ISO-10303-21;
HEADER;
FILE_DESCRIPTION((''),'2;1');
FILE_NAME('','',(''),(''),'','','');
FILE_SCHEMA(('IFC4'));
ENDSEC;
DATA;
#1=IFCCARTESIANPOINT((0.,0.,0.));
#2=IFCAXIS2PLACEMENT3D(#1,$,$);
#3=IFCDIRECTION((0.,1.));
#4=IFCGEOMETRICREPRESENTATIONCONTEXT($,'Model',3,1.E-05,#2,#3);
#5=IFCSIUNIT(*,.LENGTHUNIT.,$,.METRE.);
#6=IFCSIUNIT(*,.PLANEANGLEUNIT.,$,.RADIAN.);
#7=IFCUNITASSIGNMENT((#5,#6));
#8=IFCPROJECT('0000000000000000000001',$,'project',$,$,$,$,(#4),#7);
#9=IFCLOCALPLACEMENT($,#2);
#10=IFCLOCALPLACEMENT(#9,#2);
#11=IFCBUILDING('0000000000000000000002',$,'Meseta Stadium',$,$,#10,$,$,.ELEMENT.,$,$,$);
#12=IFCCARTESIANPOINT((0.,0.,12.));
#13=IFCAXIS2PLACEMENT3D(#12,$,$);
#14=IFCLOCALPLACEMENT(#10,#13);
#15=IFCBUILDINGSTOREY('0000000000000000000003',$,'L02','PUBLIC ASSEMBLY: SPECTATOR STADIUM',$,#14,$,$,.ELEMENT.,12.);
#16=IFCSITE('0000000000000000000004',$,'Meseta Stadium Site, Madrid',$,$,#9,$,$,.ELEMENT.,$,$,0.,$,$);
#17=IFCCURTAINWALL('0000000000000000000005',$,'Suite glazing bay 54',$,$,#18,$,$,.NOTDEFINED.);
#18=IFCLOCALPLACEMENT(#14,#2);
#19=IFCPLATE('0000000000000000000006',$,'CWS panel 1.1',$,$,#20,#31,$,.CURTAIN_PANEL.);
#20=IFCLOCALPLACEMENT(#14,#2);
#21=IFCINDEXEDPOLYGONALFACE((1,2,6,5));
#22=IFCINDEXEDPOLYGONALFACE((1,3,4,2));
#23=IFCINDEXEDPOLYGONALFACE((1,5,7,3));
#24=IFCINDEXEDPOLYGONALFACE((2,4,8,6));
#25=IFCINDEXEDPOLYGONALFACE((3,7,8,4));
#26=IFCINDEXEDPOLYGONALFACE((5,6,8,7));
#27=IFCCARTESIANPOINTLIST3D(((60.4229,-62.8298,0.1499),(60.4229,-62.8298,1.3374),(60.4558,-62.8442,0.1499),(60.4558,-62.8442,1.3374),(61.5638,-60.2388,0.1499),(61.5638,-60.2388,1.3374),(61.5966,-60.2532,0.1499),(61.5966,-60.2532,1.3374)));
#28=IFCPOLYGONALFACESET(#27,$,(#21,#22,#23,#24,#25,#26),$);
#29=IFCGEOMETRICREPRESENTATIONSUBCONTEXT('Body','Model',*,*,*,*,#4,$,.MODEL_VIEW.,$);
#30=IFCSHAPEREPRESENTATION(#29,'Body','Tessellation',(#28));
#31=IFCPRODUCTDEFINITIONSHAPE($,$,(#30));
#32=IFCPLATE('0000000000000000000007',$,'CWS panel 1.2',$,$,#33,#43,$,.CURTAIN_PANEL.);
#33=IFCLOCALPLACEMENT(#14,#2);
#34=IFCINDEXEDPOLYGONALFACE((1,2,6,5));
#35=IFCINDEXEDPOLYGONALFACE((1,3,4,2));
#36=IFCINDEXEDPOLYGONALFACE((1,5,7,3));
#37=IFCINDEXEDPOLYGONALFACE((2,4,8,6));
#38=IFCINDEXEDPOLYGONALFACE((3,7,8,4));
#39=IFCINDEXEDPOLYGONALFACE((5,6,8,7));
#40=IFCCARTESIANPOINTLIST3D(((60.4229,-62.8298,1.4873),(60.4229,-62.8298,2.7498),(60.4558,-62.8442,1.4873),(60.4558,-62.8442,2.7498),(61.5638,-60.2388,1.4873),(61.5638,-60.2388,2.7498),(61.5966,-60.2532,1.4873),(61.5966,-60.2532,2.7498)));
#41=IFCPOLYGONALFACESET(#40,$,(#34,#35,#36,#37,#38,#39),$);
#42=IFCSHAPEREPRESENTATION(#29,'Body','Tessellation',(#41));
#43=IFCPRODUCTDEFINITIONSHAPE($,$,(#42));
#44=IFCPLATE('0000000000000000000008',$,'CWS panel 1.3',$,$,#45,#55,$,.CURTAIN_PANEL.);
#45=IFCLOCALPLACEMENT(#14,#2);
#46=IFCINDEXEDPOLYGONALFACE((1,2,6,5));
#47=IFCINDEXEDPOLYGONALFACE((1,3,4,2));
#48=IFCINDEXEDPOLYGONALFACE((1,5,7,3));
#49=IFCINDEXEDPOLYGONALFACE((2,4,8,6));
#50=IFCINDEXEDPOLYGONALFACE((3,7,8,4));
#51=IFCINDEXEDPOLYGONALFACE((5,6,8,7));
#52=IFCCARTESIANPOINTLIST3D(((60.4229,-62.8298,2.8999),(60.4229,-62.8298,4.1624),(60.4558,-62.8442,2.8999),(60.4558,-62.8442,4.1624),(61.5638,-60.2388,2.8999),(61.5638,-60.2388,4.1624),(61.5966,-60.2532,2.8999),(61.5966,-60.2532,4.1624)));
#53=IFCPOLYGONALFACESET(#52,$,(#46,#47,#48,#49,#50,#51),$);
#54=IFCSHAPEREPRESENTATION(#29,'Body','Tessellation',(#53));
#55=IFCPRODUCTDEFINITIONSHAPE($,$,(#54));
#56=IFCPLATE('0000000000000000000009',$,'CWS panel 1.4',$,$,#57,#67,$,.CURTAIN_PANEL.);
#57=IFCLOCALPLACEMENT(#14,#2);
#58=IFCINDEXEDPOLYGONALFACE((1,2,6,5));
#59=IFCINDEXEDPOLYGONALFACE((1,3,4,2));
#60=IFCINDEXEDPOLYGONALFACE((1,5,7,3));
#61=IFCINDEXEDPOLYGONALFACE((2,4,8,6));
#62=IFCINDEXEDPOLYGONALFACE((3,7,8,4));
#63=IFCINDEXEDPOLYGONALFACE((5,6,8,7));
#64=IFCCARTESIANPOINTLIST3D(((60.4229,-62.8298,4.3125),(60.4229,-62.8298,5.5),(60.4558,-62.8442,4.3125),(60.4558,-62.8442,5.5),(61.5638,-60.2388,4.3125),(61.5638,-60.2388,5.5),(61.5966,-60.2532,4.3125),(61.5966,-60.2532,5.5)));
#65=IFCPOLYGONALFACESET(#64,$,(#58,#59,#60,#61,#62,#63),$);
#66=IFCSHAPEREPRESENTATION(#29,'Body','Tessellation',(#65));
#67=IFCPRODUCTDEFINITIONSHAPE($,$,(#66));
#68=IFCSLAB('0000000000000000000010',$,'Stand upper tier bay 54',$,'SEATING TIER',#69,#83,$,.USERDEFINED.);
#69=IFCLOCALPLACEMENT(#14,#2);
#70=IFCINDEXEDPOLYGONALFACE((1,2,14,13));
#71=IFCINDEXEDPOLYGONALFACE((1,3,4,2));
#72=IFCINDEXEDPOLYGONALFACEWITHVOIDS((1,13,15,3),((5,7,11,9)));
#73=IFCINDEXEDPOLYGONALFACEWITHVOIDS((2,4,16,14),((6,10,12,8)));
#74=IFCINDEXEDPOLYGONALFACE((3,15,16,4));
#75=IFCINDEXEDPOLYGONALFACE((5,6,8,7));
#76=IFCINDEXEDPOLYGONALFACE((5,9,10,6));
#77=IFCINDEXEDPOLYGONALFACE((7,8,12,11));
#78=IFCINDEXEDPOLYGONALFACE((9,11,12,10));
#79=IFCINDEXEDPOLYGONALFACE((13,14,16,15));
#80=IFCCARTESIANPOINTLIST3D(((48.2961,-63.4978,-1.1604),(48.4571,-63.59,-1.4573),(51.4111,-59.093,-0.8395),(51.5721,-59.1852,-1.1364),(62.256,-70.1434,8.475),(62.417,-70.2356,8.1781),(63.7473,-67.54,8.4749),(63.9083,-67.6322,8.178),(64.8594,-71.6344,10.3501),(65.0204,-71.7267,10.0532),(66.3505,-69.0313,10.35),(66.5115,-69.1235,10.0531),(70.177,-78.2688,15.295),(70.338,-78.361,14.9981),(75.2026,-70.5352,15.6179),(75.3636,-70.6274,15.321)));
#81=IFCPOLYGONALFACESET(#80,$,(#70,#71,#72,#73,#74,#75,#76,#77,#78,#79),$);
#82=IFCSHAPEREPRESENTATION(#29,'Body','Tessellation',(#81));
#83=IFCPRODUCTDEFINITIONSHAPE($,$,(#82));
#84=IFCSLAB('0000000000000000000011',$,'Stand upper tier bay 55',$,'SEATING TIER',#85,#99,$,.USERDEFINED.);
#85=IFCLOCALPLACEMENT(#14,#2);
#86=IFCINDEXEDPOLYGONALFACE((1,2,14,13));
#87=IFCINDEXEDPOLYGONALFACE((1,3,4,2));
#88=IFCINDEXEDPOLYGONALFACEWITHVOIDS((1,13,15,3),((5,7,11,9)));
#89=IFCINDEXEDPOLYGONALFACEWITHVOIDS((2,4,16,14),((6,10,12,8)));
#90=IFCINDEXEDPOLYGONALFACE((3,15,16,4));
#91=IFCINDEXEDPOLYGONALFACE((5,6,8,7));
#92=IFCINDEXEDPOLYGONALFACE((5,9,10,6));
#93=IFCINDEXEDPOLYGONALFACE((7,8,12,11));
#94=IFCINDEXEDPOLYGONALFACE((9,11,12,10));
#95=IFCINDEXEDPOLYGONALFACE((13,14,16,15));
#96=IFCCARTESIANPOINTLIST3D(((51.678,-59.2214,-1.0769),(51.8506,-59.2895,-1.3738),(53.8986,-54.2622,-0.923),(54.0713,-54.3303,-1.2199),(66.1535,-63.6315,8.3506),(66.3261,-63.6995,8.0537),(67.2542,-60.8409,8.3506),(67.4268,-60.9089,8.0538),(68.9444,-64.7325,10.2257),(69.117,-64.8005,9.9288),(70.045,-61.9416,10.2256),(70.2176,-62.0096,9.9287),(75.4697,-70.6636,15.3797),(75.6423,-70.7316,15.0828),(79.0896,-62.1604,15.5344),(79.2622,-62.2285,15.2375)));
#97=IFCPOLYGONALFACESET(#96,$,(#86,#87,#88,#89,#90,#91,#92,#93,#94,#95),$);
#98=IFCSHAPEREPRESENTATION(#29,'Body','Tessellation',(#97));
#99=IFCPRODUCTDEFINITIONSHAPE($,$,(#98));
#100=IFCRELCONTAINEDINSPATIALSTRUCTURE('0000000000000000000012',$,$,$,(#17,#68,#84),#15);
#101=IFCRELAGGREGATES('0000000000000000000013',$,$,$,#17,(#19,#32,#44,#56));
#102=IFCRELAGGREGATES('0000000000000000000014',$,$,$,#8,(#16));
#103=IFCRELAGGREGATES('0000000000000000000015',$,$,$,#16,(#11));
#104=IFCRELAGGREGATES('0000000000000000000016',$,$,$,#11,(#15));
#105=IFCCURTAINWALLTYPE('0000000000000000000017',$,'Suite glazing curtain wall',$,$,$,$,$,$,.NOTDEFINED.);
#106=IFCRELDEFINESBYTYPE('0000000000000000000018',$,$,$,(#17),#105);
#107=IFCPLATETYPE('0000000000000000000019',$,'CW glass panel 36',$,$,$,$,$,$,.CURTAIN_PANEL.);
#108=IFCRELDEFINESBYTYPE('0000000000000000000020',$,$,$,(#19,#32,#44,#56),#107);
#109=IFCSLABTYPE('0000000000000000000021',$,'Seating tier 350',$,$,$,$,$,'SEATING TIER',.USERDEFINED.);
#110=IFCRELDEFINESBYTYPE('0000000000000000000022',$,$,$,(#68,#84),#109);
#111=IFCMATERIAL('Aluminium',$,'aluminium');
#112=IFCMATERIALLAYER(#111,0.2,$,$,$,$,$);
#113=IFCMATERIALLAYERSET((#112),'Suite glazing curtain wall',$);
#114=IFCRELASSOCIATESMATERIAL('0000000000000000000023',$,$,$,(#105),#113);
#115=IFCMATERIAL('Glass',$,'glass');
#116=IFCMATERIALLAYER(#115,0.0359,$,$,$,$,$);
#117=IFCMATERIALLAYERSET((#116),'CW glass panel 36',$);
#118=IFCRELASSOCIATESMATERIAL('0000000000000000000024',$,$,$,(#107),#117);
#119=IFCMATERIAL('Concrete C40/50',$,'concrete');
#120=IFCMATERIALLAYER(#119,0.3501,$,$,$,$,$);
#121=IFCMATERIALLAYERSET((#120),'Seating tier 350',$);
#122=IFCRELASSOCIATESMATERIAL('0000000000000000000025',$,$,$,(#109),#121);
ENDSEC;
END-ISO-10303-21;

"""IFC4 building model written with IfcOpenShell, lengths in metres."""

from ifc_helpers import new_model, si_unit, direction, frame, origin, origin_2d, place, context, subcontext, project, spatial, polyline, rectangle, outline, extrude, material, layer, layer_set, type_object, element, aggregate, save


model = new_model("IFC4")

# Units and contexts
model_context = context("Model", 3, precision=1e-05, world=origin(), true_north=direction((0.0, 1.0)))
body_context = subcontext(model_context, "Body", "Model", "MODEL_VIEW")
ifc_project = project(units=[si_unit("LENGTHUNIT", "METRE"), si_unit("PLANEANGLEUNIT", "RADIAN")], contexts=[model_context])

# Site, building, storey
site_placement = place(None, origin())
site = spatial("IfcSite", under=ifc_project, at=site_placement, Name="Meseta Stadium Site, Madrid", CompositionType="ELEMENT", RefElevation=0.0)
building_placement = place(site_placement, origin())
building = spatial("IfcBuilding", under=site, at=building_placement, Name="Meseta Stadium", CompositionType="ELEMENT")
storey_placement = place(building_placement, frame((0.0, 0.0, 12.0)))
storey = spatial("IfcBuildingStorey", under=building, at=storey_placement, Name="L02", Description="PUBLIC ASSEMBLY: SPECTATOR STADIUM", CompositionType="ELEMENT", Elevation=12.0)

# Curtain wall
ifc_material_1 = material(Name="Aluminium", Category="aluminium")
ifc_layer_1 = layer(ifc_material_1, 0.2)
ifc_layer_set_1 = layer_set([ifc_layer_1], Name="Suite glazing curtain wall")
curtain_wall_type = type_object("IfcCurtainWallType", Name="Suite glazing curtain wall", PredefinedType="NOTDEFINED", material=ifc_layer_set_1)
curtain_wall_1_placement = place(storey_placement, origin())
curtain_wall_1 = element("IfcCurtainWall", 1, at=curtain_wall_1_placement, inside=storey, type_object=curtain_wall_type, Name="Suite glazing bay 54", PredefinedType="NOTDEFINED")

# Plates
ifc_material_2 = material(Name="Glass", Category="glass")
ifc_layer_2 = layer(ifc_material_2, 0.0359)
ifc_layer_set_2 = layer_set([ifc_layer_2], Name="CW glass panel 36")
plate_type = type_object("IfcPlateType", Name="CW glass panel 36", PredefinedType="CURTAIN_PANEL", material=ifc_layer_set_2)
plate_1_placement = place(storey_placement, frame((61.0098, -61.5415, 0.1499), z_axis=(0.0, 0.0, 1.0), x_axis=(0.402983, 0.915207, 0.0)))
plate_1 = element("IfcPlate", 2, at=plate_1_placement, type_object=plate_type, Name="CWS panel 1.1", PredefinedType="CURTAIN_PANEL", context=body_context, shape_type="SweptSolid", body=[
    extrude(rectangle(XDim=2.8311, YDim=0.0359, at=origin_2d()), origin(), (0.0, 0.0, 1.0), 1.1875),
])
plate_2_placement = place(storey_placement, frame((61.0098, -61.5415, 1.4873), z_axis=(0.0, 0.0, 1.0), x_axis=(0.402983, 0.915207, 0.0)))
plate_2 = element("IfcPlate", 3, at=plate_2_placement, type_object=plate_type, Name="CWS panel 1.2", PredefinedType="CURTAIN_PANEL", context=body_context, shape_type="SweptSolid", body=[
    extrude(rectangle(XDim=2.8311, YDim=0.0359, at=origin_2d()), origin(), (0.0, 0.0, 1.0), 1.2625),
])
plate_3_placement = place(storey_placement, frame((61.0098, -61.5415, 2.8999), z_axis=(0.0, 0.0, 1.0), x_axis=(0.402983, 0.915207, 0.0)))
plate_3 = element("IfcPlate", 4, at=plate_3_placement, type_object=plate_type, Name="CWS panel 1.3", PredefinedType="CURTAIN_PANEL", context=body_context, shape_type="SweptSolid", body=[
    extrude(rectangle(XDim=2.8311, YDim=0.0359, at=origin_2d()), origin(), (0.0, 0.0, 1.0), 1.2625),
])
plate_4_placement = place(storey_placement, frame((61.0098, -61.5415, 4.3125), z_axis=(0.0, 0.0, 1.0), x_axis=(0.402983, 0.915207, 0.0)))
plate_4 = element("IfcPlate", 5, at=plate_4_placement, type_object=plate_type, Name="CWS panel 1.4", PredefinedType="CURTAIN_PANEL", context=body_context, shape_type="SweptSolid", body=[
    extrude(rectangle(XDim=2.8311, YDim=0.0359, at=origin_2d()), origin(), (0.0, 0.0, 1.0), 1.1875),
])
aggregate(curtain_wall_1, [plate_1, plate_2, plate_3, plate_4])

# Slabs
ifc_material_3 = material(Name="Concrete C40/50", Category="concrete")
ifc_layer_3 = layer(ifc_material_3, 0.3501)
ifc_layer_set_3 = layer_set([ifc_layer_3], Name="Seating tier 350")
slab_type = type_object("IfcSlabType", Name="Seating tier 350", ElementType="SEATING TIER", PredefinedType="USERDEFINED", material=ifc_layer_set_3)
slab_1_placement = place(storey_placement, frame((48.2961, -63.4978, -1.1604), z_axis=(-0.459888, 0.263448, 0.847997), x_axis=(0.703374, -0.474823, 0.52897)))
element("IfcSlab", 6, at=slab_1_placement, inside=storey, type_object=slab_type, Name="Stand upper tier bay 54", ObjectType="SEATING TIER", PredefinedType="USERDEFINED", context=body_context, shape_type="SweptSolid", body=[
    extrude(outline(polyline([(0.0, 0.0), (31.1084, 0.0), (31.142, 9.2287), (0.2692, 5.3978), (0.0, 0.0)]), holes=[polyline([(18.0713, 2.3044), (21.6023, 2.5254), (21.415, 5.5195), (17.884, 5.2988), (18.0713, 2.3044)])]), origin(), (0.0, 0.0, -1.0), 0.3501),
])
slab_2_placement = place(storey_placement, frame((51.678, -59.2214, -1.0769), z_axis=(-0.493034, 0.194461, 0.847999), x_axis=(0.764778, -0.367804, 0.528993)))
element("IfcSlab", 7, at=slab_2_placement, inside=storey, type_object=slab_type, Name="Stand upper tier bay 55", ObjectType="SEATING TIER", PredefinedType="USERDEFINED", context=body_context, shape_type="SweptSolid", body=[
    extrude(outline(polyline([(0.0, 0.0), (31.1093, 0.0), (30.8321, 9.2388), (-0.0443, 5.4357), (0.0, 0.0)]), holes=[polyline([(17.6797, 2.3013), (21.2109, 2.5188), (21.0261, 5.5132), (17.4951, 5.2954), (17.6797, 2.3013)])]), origin(), (0.0, 0.0, -1.0), 0.3501),
])

save(model, "model.ifc")
